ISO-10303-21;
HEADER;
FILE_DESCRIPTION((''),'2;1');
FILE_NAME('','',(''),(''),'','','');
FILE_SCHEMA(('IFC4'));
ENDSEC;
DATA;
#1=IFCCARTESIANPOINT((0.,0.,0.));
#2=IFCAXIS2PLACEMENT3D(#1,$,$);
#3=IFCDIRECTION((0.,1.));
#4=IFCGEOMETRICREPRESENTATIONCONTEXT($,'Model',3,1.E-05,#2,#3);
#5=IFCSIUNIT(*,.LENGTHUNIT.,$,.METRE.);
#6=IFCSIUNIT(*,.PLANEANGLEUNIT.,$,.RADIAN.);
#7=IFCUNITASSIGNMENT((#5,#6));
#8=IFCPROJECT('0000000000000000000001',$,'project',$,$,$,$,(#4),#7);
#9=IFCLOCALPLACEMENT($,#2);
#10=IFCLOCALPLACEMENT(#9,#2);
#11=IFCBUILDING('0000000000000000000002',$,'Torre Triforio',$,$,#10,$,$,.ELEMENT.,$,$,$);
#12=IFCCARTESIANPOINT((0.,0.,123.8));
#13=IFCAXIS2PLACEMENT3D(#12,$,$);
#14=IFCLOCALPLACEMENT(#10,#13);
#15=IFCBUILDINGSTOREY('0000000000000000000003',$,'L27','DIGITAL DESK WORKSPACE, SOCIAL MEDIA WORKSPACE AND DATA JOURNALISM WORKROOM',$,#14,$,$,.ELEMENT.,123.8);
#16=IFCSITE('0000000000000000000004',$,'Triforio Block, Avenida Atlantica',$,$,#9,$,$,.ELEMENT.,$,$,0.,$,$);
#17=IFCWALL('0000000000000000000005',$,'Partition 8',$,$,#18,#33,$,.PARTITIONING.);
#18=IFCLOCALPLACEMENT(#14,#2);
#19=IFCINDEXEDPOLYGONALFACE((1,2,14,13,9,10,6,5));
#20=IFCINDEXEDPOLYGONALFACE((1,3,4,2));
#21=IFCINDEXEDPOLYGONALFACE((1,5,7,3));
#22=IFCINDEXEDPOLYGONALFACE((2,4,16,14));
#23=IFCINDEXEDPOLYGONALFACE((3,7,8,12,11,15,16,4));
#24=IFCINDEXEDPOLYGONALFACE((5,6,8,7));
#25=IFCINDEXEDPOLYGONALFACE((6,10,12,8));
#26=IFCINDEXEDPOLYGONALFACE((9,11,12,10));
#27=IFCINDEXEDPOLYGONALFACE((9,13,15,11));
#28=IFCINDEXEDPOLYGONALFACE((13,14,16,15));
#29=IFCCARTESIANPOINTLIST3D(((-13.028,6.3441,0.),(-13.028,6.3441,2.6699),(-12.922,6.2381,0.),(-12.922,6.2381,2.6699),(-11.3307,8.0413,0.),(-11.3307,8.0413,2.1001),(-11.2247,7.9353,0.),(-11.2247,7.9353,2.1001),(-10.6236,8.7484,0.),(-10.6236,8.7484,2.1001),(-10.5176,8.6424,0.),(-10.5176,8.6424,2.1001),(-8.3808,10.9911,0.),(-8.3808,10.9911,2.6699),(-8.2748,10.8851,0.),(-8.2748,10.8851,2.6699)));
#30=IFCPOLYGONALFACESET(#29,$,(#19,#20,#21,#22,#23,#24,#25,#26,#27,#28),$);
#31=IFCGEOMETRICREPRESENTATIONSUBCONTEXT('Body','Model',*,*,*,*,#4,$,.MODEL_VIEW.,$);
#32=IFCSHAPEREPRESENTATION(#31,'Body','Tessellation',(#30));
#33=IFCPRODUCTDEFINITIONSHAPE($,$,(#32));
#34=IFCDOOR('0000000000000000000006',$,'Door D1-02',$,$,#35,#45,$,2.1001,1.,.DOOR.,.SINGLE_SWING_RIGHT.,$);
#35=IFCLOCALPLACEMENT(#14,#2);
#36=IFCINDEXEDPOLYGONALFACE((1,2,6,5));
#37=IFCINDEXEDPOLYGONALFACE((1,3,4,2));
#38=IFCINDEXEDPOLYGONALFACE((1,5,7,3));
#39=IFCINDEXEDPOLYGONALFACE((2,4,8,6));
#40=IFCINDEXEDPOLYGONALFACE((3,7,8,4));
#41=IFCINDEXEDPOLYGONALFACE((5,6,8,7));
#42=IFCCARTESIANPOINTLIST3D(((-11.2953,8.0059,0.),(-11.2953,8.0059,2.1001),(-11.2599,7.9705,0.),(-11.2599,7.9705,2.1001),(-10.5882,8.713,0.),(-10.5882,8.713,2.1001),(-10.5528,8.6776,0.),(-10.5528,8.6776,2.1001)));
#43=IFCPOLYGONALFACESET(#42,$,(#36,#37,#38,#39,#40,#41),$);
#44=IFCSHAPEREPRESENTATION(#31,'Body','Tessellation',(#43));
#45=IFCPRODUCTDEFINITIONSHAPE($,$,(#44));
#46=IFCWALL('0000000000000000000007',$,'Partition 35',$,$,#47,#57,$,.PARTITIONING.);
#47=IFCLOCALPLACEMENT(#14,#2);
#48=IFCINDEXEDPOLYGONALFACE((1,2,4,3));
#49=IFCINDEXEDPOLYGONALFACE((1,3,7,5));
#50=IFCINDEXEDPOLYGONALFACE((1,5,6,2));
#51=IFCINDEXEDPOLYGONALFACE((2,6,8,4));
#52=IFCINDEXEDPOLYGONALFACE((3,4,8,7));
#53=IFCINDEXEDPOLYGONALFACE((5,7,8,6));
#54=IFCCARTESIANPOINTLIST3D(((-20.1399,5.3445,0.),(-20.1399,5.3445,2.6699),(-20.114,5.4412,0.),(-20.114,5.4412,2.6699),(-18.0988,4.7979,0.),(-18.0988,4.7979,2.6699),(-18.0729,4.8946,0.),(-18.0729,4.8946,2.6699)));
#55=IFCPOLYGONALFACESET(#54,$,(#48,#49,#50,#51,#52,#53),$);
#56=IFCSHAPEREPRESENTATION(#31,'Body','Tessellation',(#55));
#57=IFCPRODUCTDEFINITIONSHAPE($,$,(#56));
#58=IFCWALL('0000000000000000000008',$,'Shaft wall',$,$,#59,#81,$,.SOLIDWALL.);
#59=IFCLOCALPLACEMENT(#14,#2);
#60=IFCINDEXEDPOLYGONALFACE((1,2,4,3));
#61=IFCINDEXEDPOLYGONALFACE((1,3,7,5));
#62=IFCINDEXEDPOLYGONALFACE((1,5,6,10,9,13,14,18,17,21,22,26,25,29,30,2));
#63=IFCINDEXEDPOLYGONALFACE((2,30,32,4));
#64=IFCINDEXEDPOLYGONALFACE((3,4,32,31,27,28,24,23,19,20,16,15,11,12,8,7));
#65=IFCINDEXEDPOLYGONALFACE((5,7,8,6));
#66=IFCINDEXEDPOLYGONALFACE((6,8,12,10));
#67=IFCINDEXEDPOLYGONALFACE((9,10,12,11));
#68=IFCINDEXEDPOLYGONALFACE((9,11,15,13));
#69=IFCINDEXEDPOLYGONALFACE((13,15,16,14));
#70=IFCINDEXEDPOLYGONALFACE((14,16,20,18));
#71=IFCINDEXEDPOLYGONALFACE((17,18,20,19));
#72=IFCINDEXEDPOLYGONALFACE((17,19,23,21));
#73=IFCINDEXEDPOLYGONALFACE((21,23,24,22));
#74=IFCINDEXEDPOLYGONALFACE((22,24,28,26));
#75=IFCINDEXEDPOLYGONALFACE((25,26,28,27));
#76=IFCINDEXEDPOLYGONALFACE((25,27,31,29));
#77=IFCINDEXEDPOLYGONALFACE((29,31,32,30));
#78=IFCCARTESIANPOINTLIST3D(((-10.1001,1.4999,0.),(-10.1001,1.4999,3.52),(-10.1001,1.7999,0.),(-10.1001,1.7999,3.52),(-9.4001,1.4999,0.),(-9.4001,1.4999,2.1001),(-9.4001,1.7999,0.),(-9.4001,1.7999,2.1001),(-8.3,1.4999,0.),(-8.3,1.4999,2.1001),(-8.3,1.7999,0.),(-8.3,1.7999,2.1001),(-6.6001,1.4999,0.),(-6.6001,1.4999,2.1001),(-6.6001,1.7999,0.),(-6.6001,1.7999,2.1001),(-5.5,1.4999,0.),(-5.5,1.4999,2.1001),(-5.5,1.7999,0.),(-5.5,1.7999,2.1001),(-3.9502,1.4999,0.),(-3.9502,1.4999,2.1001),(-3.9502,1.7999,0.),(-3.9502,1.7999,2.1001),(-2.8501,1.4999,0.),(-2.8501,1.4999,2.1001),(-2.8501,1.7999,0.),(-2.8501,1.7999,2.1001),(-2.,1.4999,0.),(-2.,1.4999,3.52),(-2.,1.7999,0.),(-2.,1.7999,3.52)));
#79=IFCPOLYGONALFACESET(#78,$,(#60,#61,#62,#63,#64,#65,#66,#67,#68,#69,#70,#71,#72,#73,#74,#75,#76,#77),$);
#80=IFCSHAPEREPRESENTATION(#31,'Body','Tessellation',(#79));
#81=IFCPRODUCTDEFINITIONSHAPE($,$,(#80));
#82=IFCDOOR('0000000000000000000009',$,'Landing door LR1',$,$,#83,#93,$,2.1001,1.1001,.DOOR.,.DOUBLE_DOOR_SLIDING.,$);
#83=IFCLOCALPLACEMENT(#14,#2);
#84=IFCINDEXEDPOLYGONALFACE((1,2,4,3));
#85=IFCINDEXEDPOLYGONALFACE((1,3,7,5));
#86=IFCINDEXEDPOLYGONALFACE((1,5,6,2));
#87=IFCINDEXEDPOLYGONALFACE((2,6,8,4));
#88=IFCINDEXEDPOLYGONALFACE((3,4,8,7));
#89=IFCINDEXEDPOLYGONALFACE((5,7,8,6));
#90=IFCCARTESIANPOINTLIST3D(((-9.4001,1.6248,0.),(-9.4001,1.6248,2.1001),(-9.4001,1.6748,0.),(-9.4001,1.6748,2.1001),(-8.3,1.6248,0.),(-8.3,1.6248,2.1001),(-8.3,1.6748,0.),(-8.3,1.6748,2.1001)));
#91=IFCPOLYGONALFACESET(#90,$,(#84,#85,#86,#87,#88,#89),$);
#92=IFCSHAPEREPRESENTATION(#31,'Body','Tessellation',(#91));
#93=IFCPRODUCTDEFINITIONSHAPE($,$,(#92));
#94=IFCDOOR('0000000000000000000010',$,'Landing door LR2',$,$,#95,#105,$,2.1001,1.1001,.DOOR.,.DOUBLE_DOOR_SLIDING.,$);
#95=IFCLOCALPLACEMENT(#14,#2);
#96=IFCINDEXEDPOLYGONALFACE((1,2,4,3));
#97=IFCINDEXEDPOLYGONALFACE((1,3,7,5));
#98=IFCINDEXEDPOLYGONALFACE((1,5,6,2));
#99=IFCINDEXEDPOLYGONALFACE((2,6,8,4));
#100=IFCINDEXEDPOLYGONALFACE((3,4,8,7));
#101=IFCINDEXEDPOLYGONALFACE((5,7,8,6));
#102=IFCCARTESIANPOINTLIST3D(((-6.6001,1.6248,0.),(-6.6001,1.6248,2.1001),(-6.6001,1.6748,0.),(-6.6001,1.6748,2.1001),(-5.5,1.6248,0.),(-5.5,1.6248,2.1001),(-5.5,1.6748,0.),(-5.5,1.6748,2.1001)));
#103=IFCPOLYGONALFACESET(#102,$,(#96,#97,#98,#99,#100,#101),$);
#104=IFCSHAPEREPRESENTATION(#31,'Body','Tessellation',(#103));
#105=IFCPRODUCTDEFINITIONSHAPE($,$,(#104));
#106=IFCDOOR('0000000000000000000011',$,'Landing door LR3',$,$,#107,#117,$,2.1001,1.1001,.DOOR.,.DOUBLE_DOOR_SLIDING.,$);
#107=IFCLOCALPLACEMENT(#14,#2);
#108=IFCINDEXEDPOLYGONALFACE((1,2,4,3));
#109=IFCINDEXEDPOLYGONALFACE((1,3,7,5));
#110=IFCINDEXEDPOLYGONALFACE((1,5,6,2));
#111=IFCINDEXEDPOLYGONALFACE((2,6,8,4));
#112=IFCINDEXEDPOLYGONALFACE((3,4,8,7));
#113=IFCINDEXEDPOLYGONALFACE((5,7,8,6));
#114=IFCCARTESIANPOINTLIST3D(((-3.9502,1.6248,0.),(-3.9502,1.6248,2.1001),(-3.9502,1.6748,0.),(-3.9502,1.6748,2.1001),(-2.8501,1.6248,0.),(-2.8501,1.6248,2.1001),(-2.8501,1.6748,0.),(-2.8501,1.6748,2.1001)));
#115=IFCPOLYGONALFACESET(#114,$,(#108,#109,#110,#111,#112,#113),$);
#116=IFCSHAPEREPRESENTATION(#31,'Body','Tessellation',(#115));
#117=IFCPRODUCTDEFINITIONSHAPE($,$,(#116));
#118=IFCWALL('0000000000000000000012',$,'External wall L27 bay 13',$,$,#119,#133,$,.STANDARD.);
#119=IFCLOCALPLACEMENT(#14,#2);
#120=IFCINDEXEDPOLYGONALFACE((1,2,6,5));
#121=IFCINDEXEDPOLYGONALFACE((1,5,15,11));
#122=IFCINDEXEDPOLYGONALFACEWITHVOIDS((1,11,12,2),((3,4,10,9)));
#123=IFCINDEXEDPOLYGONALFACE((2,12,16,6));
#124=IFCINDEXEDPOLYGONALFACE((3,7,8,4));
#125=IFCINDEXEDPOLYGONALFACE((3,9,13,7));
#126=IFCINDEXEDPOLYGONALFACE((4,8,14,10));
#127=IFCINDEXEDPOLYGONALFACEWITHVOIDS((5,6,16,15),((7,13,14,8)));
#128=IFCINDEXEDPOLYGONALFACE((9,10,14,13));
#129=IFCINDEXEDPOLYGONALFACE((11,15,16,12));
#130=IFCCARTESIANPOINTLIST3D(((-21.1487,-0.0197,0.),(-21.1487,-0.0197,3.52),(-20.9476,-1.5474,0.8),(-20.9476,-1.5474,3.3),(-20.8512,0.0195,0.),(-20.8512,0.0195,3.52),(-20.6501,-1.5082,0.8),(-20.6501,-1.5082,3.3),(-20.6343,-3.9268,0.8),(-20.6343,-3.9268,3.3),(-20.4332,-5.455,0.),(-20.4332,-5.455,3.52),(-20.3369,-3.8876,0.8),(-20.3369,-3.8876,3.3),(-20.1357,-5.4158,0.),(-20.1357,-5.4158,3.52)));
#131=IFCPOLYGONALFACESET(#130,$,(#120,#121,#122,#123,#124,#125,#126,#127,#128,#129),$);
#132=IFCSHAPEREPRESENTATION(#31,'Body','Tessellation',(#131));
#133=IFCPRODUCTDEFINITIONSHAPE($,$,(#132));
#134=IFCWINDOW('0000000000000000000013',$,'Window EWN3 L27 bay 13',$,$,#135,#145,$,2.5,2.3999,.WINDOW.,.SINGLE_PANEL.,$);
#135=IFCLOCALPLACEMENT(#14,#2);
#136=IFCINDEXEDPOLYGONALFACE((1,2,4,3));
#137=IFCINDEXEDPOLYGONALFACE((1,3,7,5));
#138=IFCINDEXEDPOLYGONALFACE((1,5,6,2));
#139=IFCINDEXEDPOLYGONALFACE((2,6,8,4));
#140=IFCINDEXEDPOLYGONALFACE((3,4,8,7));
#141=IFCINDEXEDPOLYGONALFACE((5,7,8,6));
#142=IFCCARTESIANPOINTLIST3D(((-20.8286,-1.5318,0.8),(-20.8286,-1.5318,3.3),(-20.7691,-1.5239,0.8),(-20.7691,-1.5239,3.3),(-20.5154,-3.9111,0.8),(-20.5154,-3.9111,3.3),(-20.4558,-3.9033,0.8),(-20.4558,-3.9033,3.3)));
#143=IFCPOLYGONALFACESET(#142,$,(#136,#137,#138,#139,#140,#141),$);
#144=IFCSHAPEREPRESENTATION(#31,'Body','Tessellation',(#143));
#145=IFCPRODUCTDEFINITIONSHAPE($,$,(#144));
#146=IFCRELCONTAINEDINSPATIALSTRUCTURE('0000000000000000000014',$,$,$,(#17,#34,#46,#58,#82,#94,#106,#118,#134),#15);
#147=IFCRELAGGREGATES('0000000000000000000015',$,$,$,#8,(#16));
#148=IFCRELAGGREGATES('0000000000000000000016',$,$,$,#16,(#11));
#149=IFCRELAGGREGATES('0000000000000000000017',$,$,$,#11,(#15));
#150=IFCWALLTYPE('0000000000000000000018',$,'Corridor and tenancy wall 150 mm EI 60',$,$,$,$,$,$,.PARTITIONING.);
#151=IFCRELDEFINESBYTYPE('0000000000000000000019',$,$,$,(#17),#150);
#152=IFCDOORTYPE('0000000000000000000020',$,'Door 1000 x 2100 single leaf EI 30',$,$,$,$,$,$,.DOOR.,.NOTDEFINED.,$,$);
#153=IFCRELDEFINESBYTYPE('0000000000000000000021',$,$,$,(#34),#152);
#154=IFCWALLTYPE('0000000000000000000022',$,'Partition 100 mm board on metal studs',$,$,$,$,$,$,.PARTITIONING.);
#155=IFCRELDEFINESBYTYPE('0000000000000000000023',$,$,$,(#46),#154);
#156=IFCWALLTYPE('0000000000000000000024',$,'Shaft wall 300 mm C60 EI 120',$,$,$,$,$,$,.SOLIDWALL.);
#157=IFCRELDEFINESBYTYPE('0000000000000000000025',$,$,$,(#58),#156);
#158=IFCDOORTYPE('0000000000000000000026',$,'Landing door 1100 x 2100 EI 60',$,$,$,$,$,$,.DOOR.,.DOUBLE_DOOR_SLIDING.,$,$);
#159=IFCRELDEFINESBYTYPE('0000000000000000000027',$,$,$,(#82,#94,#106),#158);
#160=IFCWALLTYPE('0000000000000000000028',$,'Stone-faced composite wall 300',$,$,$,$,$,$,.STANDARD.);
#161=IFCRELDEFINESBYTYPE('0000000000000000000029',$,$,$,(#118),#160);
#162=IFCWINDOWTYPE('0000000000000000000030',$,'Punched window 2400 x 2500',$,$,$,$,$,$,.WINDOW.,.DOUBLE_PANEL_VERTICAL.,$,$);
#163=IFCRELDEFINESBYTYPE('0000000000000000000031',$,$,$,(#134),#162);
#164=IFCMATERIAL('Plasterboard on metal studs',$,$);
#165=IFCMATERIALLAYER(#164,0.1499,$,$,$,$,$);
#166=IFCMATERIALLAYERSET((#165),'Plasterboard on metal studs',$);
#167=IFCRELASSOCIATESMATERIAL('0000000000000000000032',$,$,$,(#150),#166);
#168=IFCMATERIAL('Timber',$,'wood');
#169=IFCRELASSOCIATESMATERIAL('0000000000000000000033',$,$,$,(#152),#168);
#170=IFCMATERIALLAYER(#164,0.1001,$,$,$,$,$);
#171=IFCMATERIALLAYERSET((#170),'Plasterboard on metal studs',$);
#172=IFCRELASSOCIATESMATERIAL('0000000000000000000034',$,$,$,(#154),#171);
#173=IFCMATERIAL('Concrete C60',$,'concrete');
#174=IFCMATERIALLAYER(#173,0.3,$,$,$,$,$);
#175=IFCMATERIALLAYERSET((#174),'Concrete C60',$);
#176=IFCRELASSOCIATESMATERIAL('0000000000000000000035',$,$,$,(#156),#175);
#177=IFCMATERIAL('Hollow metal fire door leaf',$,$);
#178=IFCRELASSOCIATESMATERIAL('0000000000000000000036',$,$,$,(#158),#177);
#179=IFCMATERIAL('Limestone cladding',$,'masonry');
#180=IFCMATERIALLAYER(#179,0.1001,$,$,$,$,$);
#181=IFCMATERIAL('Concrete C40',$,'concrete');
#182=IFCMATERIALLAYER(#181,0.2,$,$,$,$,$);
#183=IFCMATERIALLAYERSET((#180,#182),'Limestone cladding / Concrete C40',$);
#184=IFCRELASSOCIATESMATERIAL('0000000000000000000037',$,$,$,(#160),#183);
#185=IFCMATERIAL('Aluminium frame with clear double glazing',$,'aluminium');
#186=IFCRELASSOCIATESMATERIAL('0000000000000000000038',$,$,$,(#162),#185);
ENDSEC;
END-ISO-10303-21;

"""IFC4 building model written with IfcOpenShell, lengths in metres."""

from ifc_helpers import new_model, si_unit, direction, frame, frame_2d, origin, place, context, subcontext, project, spatial, rectangle, extrude, material, layer, layer_set, type_object, element, fill, save


model = new_model("IFC4")

# Units and contexts
model_context = context("Model", 3, precision=1e-05, world=origin(), true_north=direction((0.0, 1.0)))
body_context = subcontext(model_context, "Body", "Model", "MODEL_VIEW")
ifc_project = project(units=[si_unit("LENGTHUNIT", "METRE"), si_unit("PLANEANGLEUNIT", "RADIAN")], contexts=[model_context])

# Site, building, storey
site_placement = place(None, origin())
site = spatial("IfcSite", under=ifc_project, at=site_placement, Name="Triforio Block, Avenida Atlantica", CompositionType="ELEMENT", RefElevation=0.0)
building_placement = place(site_placement, origin())
building = spatial("IfcBuilding", under=site, at=building_placement, Name="Torre Triforio", CompositionType="ELEMENT")
storey_placement = place(building_placement, frame((0.0, 0.0, 123.8)))
storey = spatial("IfcBuildingStorey", under=building, at=storey_placement, Name="L27", Description="DIGITAL DESK WORKSPACE, SOCIAL MEDIA WORKSPACE AND DATA JOURNALISM WORKROOM", CompositionType="ELEMENT", Elevation=123.8)

# Shared definitions
ifc_material_1 = material(Name="Concrete C60", Category="concrete")

# Shared definitions
ifc_material_2 = material(Name="Hollow metal fire door leaf")

# Shared definitions
ifc_material_3 = material(Name="Plasterboard on metal studs")
ifc_layer_1 = layer(ifc_material_3, 0.1499)
ifc_layer_set_1 = layer_set([ifc_layer_1], Name="Plasterboard on metal studs")
wall_type_1 = type_object("IfcWallType", Name="Corridor and tenancy wall 150 mm EI 60", PredefinedType="PARTITIONING", material=ifc_layer_set_1)

# Shared definitions
ifc_material_4 = material(Name="Timber", Category="wood")
door_type_1 = type_object("IfcDoorType", Name="Door 1000 x 2100 single leaf EI 30", OperationType="NOTDEFINED", PredefinedType="DOOR", material=ifc_material_4)

# Wall, opening, door
wall_1_placement = place(storey_placement, frame((-12.9751, 6.291, 0.0), z_axis=(0.0, 0.0, 1.0), x_axis=(0.707125, 0.707088, 0.0)))
wall_1 = element("IfcWall", 1, at=wall_1_placement, inside=storey, type_object=wall_type_1, Name="Partition 8", PredefinedType="PARTITIONING", context=body_context, shape_type="SweptSolid", body=[
    extrude(rectangle(XDim=6.572, YDim=0.1499, at=frame_2d((3.2861, 0.0))), origin(), (0.0, 0.0, 1.0), 2.6699),
])
opening_1_placement = place(wall_1_placement, frame((2.4004, 0.0, 0.0)))
opening_1 = element("IfcOpeningElement", 2, at=opening_1_placement, cuts=wall_1, PredefinedType="OPENING", context=body_context, shape_type="SweptSolid", body=[
    extrude(rectangle(XDim=1.0, YDim=2.1001, at=frame_2d((0.5, 1.05))), frame((0.0, 0.085, 0.0), z_axis=(0.0, -1.0, 0.0), x_axis=(1.0, 0.0, 0.0)), (0.0, 0.0, 1.0), 0.1699),
])
door_1_placement = place(opening_1_placement, origin())
door_1 = element("IfcDoor", 3, at=door_1_placement, inside=storey, type_object=door_type_1, Name="Door D1-02", OperationType="SINGLE_SWING_RIGHT", OverallHeight=2.1001, OverallWidth=1.0, PredefinedType="DOOR", context=body_context, shape_type="SweptSolid", body=[
    extrude(rectangle(XDim=1.0, YDim=2.1001, at=frame_2d((0.5, 1.05))), frame((0.0, 0.0249, 0.0), z_axis=(0.0, -1.0, 0.0), x_axis=(1.0, 0.0, 0.0)), (0.0, 0.0, 1.0), 0.05),
])
fill(opening_1, door_1)

# Wall
ifc_layer_2 = layer(ifc_material_3, 0.1001)
ifc_layer_set_2 = layer_set([ifc_layer_2], Name="Plasterboard on metal studs")
wall_type_2 = type_object("IfcWallType", Name="Partition 100 mm board on metal studs", PredefinedType="PARTITIONING", material=ifc_layer_set_2)
wall_2_placement = place(storey_placement, frame((-18.0857, 4.8462, 0.0), z_axis=(0.0, 0.0, 1.0), x_axis=(-0.965956, 0.258705, 0.0)))
element("IfcWall", 4, at=wall_2_placement, inside=storey, type_object=wall_type_2, Name="Partition 35", PredefinedType="PARTITIONING", context=body_context, shape_type="SweptSolid", body=[
    extrude(rectangle(XDim=2.113, YDim=0.1001, at=frame_2d((1.0566, 0.0))), origin(), (0.0, 0.0, 1.0), 2.6699),
])

# Wall, openings, doors
ifc_layer_3 = layer(ifc_material_1, 0.3)
ifc_layer_set_3 = layer_set([ifc_layer_3], Name="Concrete C60")
wall_type_3 = type_object("IfcWallType", Name="Shaft wall 300 mm C60 EI 120", PredefinedType="SOLIDWALL", material=ifc_layer_set_3)
wall_3_placement = place(storey_placement, frame((-10.1001, 1.6499, 0.0), z_axis=(0.0, 0.0, 1.0), x_axis=(1.0, 0.0, 0.0)))
wall_3 = element("IfcWall", 5, at=wall_3_placement, inside=storey, type_object=wall_type_3, Name="Shaft wall", PredefinedType="SOLIDWALL", context=body_context, shape_type="SweptSolid", body=[
    extrude(rectangle(XDim=8.1001, YDim=0.3, at=frame_2d((4.05, 0.0))), origin(), (0.0, 0.0, 1.0), 3.52),
])
opening_2_placement = place(wall_3_placement, frame((0.7, 0.0, 0.0)))
opening_2 = element("IfcOpeningElement", 6, at=opening_2_placement, cuts=wall_3, PredefinedType="OPENING", context=body_context, shape_type="SweptSolid", body=[
    extrude(rectangle(XDim=1.1001, YDim=2.1001, at=frame_2d((0.55, 1.05))), frame((0.0, 0.1599, 0.0), z_axis=(0.0, -1.0, 0.0), x_axis=(1.0, 0.0, 0.0)), (0.0, 0.0, 1.0), 0.3201),
])
opening_3_placement = place(wall_3_placement, frame((3.5, 0.0, 0.0)))
opening_3 = element("IfcOpeningElement", 7, at=opening_3_placement, cuts=wall_3, PredefinedType="OPENING", context=body_context, shape_type="SweptSolid", body=[
    extrude(rectangle(XDim=1.1001, YDim=2.1001, at=frame_2d((0.55, 1.05))), frame((0.0, 0.1599, 0.0), z_axis=(0.0, -1.0, 0.0), x_axis=(1.0, 0.0, 0.0)), (0.0, 0.0, 1.0), 0.3201),
])
opening_4_placement = place(wall_3_placement, frame((6.1499, 0.0, 0.0)))
opening_4 = element("IfcOpeningElement", 8, at=opening_4_placement, cuts=wall_3, PredefinedType="OPENING", context=body_context, shape_type="SweptSolid", body=[
    extrude(rectangle(XDim=1.1001, YDim=2.1001, at=frame_2d((0.55, 1.05))), frame((0.0, 0.1599, 0.0), z_axis=(0.0, -1.0, 0.0), x_axis=(1.0, 0.0, 0.0)), (0.0, 0.0, 1.0), 0.3201),
])
door_type_2 = type_object("IfcDoorType", Name="Landing door 1100 x 2100 EI 60", OperationType="DOUBLE_DOOR_SLIDING", PredefinedType="DOOR", material=ifc_material_2)
door_2_placement = place(opening_2_placement, origin())
door_2 = element("IfcDoor", 9, at=door_2_placement, inside=storey, type_object=door_type_2, Name="Landing door LR1", OperationType="DOUBLE_DOOR_SLIDING", OverallHeight=2.1001, OverallWidth=1.1001, PredefinedType="DOOR", context=body_context, shape_type="SweptSolid", body=[
    extrude(rectangle(XDim=1.1001, YDim=2.1001, at=frame_2d((0.55, 1.05))), frame((0.0, 0.0249, 0.0), z_axis=(0.0, -1.0, 0.0), x_axis=(1.0, 0.0, 0.0)), (0.0, 0.0, 1.0), 0.05),
])
fill(opening_2, door_2)
door_3_placement = place(opening_3_placement, origin())
door_3 = element("IfcDoor", 10, at=door_3_placement, inside=storey, type_object=door_type_2, Name="Landing door LR2", OperationType="DOUBLE_DOOR_SLIDING", OverallHeight=2.1001, OverallWidth=1.1001, PredefinedType="DOOR", context=body_context, shape_type="SweptSolid", body=[
    extrude(rectangle(XDim=1.1001, YDim=2.1001, at=frame_2d((0.55, 1.05))), frame((0.0, 0.0249, 0.0), z_axis=(0.0, -1.0, 0.0), x_axis=(1.0, 0.0, 0.0)), (0.0, 0.0, 1.0), 0.05),
])
fill(opening_3, door_3)
door_4_placement = place(opening_4_placement, origin())
door_4 = element("IfcDoor", 11, at=door_4_placement, inside=storey, type_object=door_type_2, Name="Landing door LR3", OperationType="DOUBLE_DOOR_SLIDING", OverallHeight=2.1001, OverallWidth=1.1001, PredefinedType="DOOR", context=body_context, shape_type="SweptSolid", body=[
    extrude(rectangle(XDim=1.1001, YDim=2.1001, at=frame_2d((0.55, 1.05))), frame((0.0, 0.0249, 0.0), z_axis=(0.0, -1.0, 0.0), x_axis=(1.0, 0.0, 0.0)), (0.0, 0.0, 1.0), 0.05),
])
fill(opening_4, door_4)

# Shared definitions
ifc_material_5 = material(Name="Limestone cladding", Category="masonry")
ifc_layer_4 = layer(ifc_material_5, 0.1001)
ifc_material_6 = material(Name="Concrete C40", Category="concrete")
ifc_layer_5 = layer(ifc_material_6, 0.2)
ifc_layer_set_4 = layer_set([ifc_layer_4, ifc_layer_5], Name="Limestone cladding / Concrete C40")
wall_type_4 = type_object("IfcWallType", Name="Stone-faced composite wall 300", PredefinedType="STANDARD", material=ifc_layer_set_4)
ifc_material_7 = material(Name="Aluminium frame with clear double glazing", Category="aluminium")

# Wall, opening, window
wall_4_placement = place(storey_placement, frame((-21.0, 0.0, 0.0), z_axis=(0.0, 0.0, 1.0), x_axis=(0.130527, -0.991445, 0.0)))
wall_4 = element("IfcWall", 12, at=wall_4_placement, inside=storey, type_object=wall_type_4, Name="External wall L27 bay 13", PredefinedType="STANDARD", context=body_context, shape_type="SweptSolid", body=[
    extrude(rectangle(XDim=5.4822, YDim=0.3, at=frame_2d((2.7412, 0.0))), origin(), (0.0, 0.0, 1.0), 3.52),
])
opening_5_placement = place(wall_4_placement, frame((1.541, 0.0, 0.8)))
opening_5 = element("IfcOpeningElement", 13, at=opening_5_placement, cuts=wall_4, PredefinedType="OPENING", context=body_context, shape_type="SweptSolid", body=[
    extrude(rectangle(XDim=2.3999, YDim=2.5, at=frame_2d((1.2, 1.25))), frame((0.0, 0.1599, 0.0), z_axis=(0.0, -1.0, 0.0), x_axis=(1.0, 0.0, 0.0)), (0.0, 0.0, 1.0), 0.3201),
])
window_type_1 = type_object("IfcWindowType", Name="Punched window 2400 x 2500", PartitioningType="DOUBLE_PANEL_VERTICAL", PredefinedType="WINDOW", material=ifc_material_7)
window_1_placement = place(opening_5_placement, origin())
window_1 = element("IfcWindow", 14, at=window_1_placement, inside=storey, type_object=window_type_1, Name="Window EWN3 L27 bay 13", OverallHeight=2.5, OverallWidth=2.3999, PartitioningType="SINGLE_PANEL", PredefinedType="WINDOW", context=body_context, shape_type="SweptSolid", body=[
    extrude(rectangle(XDim=2.3999, YDim=2.5, at=frame_2d((1.2, 1.25))), frame((0.0, 0.03, 0.0), z_axis=(0.0, -1.0, 0.0), x_axis=(1.0, 0.0, 0.0)), (0.0, 0.0, 1.0), 0.0601),
])
fill(opening_5, window_1)

save(model, "model.ifc")
